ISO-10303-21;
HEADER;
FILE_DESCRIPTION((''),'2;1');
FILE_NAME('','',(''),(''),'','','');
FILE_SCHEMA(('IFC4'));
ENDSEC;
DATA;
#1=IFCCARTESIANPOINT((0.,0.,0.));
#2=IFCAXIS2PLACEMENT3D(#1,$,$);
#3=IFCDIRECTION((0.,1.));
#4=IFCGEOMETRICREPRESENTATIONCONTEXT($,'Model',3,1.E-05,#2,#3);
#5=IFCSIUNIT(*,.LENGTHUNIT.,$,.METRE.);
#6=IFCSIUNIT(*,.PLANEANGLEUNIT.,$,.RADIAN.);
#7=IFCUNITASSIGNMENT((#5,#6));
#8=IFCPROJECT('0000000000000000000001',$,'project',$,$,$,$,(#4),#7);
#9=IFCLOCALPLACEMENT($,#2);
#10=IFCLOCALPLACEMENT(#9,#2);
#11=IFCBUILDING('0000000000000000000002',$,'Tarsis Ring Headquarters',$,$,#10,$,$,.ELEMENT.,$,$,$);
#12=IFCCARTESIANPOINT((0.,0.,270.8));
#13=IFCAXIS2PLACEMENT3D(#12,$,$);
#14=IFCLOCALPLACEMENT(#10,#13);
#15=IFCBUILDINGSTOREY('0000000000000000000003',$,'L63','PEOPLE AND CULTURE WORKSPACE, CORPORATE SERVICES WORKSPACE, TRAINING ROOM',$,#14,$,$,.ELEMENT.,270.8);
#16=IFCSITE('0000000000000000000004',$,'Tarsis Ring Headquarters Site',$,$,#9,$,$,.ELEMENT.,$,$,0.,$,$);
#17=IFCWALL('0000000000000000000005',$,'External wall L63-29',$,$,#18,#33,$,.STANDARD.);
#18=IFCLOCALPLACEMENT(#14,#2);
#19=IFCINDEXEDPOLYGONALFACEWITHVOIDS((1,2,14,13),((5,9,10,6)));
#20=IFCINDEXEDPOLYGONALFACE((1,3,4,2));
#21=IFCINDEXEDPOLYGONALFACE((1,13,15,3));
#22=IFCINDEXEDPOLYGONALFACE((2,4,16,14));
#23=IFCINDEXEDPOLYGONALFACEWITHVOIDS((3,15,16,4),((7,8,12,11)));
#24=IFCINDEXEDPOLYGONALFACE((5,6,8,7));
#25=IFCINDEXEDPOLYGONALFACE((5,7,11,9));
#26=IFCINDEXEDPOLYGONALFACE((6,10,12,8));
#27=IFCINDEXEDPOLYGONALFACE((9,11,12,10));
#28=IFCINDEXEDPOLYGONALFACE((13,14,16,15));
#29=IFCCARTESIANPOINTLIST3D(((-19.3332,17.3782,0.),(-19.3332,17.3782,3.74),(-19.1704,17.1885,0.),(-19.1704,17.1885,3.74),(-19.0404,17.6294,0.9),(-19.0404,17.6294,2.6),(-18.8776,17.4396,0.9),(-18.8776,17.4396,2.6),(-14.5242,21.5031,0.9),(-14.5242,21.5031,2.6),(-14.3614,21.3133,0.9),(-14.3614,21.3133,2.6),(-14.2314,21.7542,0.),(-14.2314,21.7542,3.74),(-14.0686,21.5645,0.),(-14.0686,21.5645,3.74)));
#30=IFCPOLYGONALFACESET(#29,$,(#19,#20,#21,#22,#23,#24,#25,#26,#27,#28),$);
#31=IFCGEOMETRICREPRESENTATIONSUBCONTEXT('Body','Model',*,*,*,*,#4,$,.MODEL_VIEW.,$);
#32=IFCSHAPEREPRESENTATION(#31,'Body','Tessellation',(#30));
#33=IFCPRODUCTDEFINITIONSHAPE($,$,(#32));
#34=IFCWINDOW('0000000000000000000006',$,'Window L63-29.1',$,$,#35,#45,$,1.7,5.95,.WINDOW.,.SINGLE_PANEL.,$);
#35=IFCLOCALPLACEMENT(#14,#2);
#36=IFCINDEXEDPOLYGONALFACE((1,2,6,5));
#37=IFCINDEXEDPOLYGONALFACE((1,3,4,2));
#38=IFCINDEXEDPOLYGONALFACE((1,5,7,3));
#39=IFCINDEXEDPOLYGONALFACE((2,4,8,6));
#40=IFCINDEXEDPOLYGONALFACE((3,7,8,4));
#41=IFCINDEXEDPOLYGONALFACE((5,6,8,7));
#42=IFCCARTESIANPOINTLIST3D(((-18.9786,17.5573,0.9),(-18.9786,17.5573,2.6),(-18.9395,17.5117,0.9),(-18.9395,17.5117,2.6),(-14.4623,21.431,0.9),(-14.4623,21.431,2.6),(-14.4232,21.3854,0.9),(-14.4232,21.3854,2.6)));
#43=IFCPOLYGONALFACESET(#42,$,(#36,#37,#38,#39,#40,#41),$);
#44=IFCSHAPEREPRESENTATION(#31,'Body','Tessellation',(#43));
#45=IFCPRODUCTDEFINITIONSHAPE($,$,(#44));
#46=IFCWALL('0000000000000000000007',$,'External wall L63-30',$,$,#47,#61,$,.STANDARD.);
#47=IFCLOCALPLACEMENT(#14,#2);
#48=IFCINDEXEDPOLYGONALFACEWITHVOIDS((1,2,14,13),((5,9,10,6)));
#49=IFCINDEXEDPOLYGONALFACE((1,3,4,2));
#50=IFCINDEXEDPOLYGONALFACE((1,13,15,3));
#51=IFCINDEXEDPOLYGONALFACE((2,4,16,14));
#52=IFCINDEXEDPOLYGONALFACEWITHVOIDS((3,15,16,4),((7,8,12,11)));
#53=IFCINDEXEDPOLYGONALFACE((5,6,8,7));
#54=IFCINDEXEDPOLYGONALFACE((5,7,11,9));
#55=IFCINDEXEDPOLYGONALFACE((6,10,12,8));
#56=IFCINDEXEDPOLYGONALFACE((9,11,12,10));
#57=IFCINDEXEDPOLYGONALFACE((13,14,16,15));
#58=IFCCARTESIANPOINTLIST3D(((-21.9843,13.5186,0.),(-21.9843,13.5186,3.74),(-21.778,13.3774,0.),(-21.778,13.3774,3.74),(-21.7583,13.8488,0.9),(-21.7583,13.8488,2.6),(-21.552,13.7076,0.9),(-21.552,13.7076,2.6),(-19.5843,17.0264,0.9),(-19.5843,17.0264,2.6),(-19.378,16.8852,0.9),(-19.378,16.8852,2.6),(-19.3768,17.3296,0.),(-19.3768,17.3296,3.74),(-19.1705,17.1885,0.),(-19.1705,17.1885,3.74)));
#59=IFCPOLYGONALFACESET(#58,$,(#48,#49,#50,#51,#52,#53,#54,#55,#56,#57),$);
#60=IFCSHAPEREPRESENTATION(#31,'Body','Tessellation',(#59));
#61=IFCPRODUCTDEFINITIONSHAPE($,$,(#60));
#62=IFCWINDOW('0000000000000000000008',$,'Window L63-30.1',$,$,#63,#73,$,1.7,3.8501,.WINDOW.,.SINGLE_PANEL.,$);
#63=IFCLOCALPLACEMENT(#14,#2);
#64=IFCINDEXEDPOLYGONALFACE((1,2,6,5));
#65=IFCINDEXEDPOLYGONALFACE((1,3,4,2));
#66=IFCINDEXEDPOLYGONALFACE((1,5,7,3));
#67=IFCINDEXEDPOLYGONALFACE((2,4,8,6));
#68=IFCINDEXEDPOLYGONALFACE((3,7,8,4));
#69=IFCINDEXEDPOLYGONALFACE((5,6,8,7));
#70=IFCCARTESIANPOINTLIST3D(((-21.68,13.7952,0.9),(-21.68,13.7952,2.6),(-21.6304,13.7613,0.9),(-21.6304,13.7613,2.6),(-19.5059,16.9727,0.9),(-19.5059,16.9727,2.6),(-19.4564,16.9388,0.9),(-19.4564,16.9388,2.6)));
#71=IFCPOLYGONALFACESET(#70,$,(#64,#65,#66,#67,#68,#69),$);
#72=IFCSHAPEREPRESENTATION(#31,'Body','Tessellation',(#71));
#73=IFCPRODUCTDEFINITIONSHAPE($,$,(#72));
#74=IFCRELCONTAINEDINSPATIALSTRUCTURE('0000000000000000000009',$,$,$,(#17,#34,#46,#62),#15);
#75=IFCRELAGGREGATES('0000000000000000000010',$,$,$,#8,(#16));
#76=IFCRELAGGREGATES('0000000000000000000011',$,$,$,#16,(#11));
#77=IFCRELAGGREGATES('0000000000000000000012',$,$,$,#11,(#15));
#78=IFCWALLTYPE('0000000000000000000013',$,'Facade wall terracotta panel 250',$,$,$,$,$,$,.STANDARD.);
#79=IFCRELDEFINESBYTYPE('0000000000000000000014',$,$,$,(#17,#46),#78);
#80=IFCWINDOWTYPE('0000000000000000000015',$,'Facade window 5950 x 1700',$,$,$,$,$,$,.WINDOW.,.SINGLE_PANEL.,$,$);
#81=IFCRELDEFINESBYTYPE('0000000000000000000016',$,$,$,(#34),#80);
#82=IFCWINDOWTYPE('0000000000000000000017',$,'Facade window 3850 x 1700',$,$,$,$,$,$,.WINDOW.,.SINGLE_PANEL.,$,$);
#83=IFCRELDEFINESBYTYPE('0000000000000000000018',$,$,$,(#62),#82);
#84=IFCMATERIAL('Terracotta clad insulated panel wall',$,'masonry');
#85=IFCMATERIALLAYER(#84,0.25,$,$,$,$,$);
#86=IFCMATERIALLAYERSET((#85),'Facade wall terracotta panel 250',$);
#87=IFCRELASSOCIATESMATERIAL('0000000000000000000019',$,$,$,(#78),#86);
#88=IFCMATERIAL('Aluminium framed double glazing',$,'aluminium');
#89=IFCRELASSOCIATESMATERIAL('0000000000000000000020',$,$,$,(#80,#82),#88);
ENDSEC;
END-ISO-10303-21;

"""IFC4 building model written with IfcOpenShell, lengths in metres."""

from ifc_helpers import new_model, si_unit, direction, frame, frame_2d, origin, place, context, subcontext, project, spatial, rectangle, extrude, material, layer, layer_set, type_object, element, fill, save


model = new_model("IFC4")

# Units and contexts
model_context = context("Model", 3, precision=1e-05, world=origin(), true_north=direction((0.0, 1.0)))
body_context = subcontext(model_context, "Body", "Model", "MODEL_VIEW")
ifc_project = project(units=[si_unit("LENGTHUNIT", "METRE"), si_unit("PLANEANGLEUNIT", "RADIAN")], contexts=[model_context])

# Site, building, storey
site_placement = place(None, origin())
site = spatial("IfcSite", under=ifc_project, at=site_placement, Name="Tarsis Ring Headquarters Site", CompositionType="ELEMENT", RefElevation=0.0)
building_placement = place(site_placement, origin())
building = spatial("IfcBuilding", under=site, at=building_placement, Name="Tarsis Ring Headquarters", CompositionType="ELEMENT")
storey_placement = place(building_placement, frame((0.0, 0.0, 270.8)))
storey = spatial("IfcBuildingStorey", under=building, at=storey_placement, Name="L63", Description="PEOPLE AND CULTURE WORKSPACE, CORPORATE SERVICES WORKSPACE, TRAINING ROOM", CompositionType="ELEMENT", Elevation=270.8)

# Walls, openings, windows
ifc_material_1 = material(Name="Terracotta clad insulated panel wall", Category="masonry")
ifc_layer_1 = layer(ifc_material_1, 0.25)
ifc_layer_set_1 = layer_set([ifc_layer_1], Name="Facade wall terracotta panel 250")
wall_type_1 = type_object("IfcWallType", Name="Facade wall terracotta panel 250", PredefinedType="STANDARD", material=ifc_layer_set_1)
ifc_material_2 = material(Name="Aluminium framed double glazing", Category="aluminium")
window_type_1 = type_object("IfcWindowType", Name="Facade window 5950 x 1700", PartitioningType="SINGLE_PANEL", PredefinedType="WINDOW", material=ifc_material_2)
wall_1_placement = place(storey_placement, frame((-14.1499, 21.6594, 0.0), z_axis=(0.0, 0.0, 1.0), x_axis=(-0.759036, -0.651049, 0.0)))
wall_1 = element("IfcWall", 1, at=wall_1_placement, inside=storey, type_object=wall_type_1, Name="External wall L63-29", PredefinedType="STANDARD", context=body_context, shape_type="SweptSolid", body=[
    extrude(rectangle(XDim=6.7214, YDim=0.25, at=frame_2d((3.3608, 0.0))), origin(), (0.0, 0.0, 1.0), 3.74),
])
opening_1_placement = place(wall_1_placement, frame((0.3857, 0.0, 0.8999)))
opening_1 = element("IfcOpeningElement", 2, at=opening_1_placement, cuts=wall_1, PredefinedType="OPENING", context=body_context, shape_type="SweptSolid", body=[
    extrude(rectangle(XDim=5.95, YDim=1.7, at=frame_2d((2.9751, 0.8501))), frame((0.0, 0.135, 0.0), z_axis=(0.0, -1.0, 0.0), x_axis=(1.0, 0.0, 0.0)), (0.0, 0.0, 1.0), 0.27),
])
window_1_placement = place(opening_1_placement, origin())
window_1 = element("IfcWindow", 3, at=window_1_placement, inside=storey, type_object=window_type_1, Name="Window L63-29.1", OverallHeight=1.7, OverallWidth=5.95, PartitioningType="SINGLE_PANEL", PredefinedType="WINDOW", context=body_context, shape_type="SweptSolid", body=[
    extrude(rectangle(XDim=5.95, YDim=1.7, at=frame_2d((2.9751, 0.8501))), frame((0.0, 0.03, 0.0), z_axis=(0.0, -1.0, 0.0), x_axis=(1.0, 0.0, 0.0)), (0.0, 0.0, 1.0), 0.0601),
])
fill(opening_1, window_1)
wall_2_placement = place(storey_placement, frame((-19.2737, 17.259, 0.0), z_axis=(0.0, 0.0, 1.0), x_axis=(-0.564665, -0.82532, 0.0)))
wall_2 = element("IfcWall", 4, at=wall_2_placement, inside=storey, type_object=wall_type_1, Name="External wall L63-30", PredefinedType="STANDARD", context=body_context, shape_type="SweptSolid", body=[
    extrude(rectangle(XDim=4.6177, YDim=0.25, at=frame_2d((2.3088, 0.0))), origin(), (0.0, 0.0, 1.0), 3.74),
])
opening_2_placement = place(wall_2_placement, frame((0.3674, 0.0, 0.8999)))
opening_2 = element("IfcOpeningElement", 5, at=opening_2_placement, cuts=wall_2, PredefinedType="OPENING", context=body_context, shape_type="SweptSolid", body=[
    extrude(rectangle(XDim=3.8501, YDim=1.7, at=frame_2d((1.925, 0.8501))), frame((0.0, 0.135, 0.0), z_axis=(0.0, -1.0, 0.0), x_axis=(1.0, 0.0, 0.0)), (0.0, 0.0, 1.0), 0.27),
])
window_type_2 = type_object("IfcWindowType", Name="Facade window 3850 x 1700", PartitioningType="SINGLE_PANEL", PredefinedType="WINDOW", material=ifc_material_2)
window_2_placement = place(opening_2_placement, origin())
window_2 = element("IfcWindow", 6, at=window_2_placement, inside=storey, type_object=window_type_2, Name="Window L63-30.1", OverallHeight=1.7, OverallWidth=3.8501, PartitioningType="SINGLE_PANEL", PredefinedType="WINDOW", context=body_context, shape_type="SweptSolid", body=[
    extrude(rectangle(XDim=3.8501, YDim=1.7, at=frame_2d((1.925, 0.8501))), frame((0.0, 0.03, 0.0), z_axis=(0.0, -1.0, 0.0), x_axis=(1.0, 0.0, 0.0)), (0.0, 0.0, 1.0), 0.0601),
])
fill(opening_2, window_2)

save(model, "model.ifc")
